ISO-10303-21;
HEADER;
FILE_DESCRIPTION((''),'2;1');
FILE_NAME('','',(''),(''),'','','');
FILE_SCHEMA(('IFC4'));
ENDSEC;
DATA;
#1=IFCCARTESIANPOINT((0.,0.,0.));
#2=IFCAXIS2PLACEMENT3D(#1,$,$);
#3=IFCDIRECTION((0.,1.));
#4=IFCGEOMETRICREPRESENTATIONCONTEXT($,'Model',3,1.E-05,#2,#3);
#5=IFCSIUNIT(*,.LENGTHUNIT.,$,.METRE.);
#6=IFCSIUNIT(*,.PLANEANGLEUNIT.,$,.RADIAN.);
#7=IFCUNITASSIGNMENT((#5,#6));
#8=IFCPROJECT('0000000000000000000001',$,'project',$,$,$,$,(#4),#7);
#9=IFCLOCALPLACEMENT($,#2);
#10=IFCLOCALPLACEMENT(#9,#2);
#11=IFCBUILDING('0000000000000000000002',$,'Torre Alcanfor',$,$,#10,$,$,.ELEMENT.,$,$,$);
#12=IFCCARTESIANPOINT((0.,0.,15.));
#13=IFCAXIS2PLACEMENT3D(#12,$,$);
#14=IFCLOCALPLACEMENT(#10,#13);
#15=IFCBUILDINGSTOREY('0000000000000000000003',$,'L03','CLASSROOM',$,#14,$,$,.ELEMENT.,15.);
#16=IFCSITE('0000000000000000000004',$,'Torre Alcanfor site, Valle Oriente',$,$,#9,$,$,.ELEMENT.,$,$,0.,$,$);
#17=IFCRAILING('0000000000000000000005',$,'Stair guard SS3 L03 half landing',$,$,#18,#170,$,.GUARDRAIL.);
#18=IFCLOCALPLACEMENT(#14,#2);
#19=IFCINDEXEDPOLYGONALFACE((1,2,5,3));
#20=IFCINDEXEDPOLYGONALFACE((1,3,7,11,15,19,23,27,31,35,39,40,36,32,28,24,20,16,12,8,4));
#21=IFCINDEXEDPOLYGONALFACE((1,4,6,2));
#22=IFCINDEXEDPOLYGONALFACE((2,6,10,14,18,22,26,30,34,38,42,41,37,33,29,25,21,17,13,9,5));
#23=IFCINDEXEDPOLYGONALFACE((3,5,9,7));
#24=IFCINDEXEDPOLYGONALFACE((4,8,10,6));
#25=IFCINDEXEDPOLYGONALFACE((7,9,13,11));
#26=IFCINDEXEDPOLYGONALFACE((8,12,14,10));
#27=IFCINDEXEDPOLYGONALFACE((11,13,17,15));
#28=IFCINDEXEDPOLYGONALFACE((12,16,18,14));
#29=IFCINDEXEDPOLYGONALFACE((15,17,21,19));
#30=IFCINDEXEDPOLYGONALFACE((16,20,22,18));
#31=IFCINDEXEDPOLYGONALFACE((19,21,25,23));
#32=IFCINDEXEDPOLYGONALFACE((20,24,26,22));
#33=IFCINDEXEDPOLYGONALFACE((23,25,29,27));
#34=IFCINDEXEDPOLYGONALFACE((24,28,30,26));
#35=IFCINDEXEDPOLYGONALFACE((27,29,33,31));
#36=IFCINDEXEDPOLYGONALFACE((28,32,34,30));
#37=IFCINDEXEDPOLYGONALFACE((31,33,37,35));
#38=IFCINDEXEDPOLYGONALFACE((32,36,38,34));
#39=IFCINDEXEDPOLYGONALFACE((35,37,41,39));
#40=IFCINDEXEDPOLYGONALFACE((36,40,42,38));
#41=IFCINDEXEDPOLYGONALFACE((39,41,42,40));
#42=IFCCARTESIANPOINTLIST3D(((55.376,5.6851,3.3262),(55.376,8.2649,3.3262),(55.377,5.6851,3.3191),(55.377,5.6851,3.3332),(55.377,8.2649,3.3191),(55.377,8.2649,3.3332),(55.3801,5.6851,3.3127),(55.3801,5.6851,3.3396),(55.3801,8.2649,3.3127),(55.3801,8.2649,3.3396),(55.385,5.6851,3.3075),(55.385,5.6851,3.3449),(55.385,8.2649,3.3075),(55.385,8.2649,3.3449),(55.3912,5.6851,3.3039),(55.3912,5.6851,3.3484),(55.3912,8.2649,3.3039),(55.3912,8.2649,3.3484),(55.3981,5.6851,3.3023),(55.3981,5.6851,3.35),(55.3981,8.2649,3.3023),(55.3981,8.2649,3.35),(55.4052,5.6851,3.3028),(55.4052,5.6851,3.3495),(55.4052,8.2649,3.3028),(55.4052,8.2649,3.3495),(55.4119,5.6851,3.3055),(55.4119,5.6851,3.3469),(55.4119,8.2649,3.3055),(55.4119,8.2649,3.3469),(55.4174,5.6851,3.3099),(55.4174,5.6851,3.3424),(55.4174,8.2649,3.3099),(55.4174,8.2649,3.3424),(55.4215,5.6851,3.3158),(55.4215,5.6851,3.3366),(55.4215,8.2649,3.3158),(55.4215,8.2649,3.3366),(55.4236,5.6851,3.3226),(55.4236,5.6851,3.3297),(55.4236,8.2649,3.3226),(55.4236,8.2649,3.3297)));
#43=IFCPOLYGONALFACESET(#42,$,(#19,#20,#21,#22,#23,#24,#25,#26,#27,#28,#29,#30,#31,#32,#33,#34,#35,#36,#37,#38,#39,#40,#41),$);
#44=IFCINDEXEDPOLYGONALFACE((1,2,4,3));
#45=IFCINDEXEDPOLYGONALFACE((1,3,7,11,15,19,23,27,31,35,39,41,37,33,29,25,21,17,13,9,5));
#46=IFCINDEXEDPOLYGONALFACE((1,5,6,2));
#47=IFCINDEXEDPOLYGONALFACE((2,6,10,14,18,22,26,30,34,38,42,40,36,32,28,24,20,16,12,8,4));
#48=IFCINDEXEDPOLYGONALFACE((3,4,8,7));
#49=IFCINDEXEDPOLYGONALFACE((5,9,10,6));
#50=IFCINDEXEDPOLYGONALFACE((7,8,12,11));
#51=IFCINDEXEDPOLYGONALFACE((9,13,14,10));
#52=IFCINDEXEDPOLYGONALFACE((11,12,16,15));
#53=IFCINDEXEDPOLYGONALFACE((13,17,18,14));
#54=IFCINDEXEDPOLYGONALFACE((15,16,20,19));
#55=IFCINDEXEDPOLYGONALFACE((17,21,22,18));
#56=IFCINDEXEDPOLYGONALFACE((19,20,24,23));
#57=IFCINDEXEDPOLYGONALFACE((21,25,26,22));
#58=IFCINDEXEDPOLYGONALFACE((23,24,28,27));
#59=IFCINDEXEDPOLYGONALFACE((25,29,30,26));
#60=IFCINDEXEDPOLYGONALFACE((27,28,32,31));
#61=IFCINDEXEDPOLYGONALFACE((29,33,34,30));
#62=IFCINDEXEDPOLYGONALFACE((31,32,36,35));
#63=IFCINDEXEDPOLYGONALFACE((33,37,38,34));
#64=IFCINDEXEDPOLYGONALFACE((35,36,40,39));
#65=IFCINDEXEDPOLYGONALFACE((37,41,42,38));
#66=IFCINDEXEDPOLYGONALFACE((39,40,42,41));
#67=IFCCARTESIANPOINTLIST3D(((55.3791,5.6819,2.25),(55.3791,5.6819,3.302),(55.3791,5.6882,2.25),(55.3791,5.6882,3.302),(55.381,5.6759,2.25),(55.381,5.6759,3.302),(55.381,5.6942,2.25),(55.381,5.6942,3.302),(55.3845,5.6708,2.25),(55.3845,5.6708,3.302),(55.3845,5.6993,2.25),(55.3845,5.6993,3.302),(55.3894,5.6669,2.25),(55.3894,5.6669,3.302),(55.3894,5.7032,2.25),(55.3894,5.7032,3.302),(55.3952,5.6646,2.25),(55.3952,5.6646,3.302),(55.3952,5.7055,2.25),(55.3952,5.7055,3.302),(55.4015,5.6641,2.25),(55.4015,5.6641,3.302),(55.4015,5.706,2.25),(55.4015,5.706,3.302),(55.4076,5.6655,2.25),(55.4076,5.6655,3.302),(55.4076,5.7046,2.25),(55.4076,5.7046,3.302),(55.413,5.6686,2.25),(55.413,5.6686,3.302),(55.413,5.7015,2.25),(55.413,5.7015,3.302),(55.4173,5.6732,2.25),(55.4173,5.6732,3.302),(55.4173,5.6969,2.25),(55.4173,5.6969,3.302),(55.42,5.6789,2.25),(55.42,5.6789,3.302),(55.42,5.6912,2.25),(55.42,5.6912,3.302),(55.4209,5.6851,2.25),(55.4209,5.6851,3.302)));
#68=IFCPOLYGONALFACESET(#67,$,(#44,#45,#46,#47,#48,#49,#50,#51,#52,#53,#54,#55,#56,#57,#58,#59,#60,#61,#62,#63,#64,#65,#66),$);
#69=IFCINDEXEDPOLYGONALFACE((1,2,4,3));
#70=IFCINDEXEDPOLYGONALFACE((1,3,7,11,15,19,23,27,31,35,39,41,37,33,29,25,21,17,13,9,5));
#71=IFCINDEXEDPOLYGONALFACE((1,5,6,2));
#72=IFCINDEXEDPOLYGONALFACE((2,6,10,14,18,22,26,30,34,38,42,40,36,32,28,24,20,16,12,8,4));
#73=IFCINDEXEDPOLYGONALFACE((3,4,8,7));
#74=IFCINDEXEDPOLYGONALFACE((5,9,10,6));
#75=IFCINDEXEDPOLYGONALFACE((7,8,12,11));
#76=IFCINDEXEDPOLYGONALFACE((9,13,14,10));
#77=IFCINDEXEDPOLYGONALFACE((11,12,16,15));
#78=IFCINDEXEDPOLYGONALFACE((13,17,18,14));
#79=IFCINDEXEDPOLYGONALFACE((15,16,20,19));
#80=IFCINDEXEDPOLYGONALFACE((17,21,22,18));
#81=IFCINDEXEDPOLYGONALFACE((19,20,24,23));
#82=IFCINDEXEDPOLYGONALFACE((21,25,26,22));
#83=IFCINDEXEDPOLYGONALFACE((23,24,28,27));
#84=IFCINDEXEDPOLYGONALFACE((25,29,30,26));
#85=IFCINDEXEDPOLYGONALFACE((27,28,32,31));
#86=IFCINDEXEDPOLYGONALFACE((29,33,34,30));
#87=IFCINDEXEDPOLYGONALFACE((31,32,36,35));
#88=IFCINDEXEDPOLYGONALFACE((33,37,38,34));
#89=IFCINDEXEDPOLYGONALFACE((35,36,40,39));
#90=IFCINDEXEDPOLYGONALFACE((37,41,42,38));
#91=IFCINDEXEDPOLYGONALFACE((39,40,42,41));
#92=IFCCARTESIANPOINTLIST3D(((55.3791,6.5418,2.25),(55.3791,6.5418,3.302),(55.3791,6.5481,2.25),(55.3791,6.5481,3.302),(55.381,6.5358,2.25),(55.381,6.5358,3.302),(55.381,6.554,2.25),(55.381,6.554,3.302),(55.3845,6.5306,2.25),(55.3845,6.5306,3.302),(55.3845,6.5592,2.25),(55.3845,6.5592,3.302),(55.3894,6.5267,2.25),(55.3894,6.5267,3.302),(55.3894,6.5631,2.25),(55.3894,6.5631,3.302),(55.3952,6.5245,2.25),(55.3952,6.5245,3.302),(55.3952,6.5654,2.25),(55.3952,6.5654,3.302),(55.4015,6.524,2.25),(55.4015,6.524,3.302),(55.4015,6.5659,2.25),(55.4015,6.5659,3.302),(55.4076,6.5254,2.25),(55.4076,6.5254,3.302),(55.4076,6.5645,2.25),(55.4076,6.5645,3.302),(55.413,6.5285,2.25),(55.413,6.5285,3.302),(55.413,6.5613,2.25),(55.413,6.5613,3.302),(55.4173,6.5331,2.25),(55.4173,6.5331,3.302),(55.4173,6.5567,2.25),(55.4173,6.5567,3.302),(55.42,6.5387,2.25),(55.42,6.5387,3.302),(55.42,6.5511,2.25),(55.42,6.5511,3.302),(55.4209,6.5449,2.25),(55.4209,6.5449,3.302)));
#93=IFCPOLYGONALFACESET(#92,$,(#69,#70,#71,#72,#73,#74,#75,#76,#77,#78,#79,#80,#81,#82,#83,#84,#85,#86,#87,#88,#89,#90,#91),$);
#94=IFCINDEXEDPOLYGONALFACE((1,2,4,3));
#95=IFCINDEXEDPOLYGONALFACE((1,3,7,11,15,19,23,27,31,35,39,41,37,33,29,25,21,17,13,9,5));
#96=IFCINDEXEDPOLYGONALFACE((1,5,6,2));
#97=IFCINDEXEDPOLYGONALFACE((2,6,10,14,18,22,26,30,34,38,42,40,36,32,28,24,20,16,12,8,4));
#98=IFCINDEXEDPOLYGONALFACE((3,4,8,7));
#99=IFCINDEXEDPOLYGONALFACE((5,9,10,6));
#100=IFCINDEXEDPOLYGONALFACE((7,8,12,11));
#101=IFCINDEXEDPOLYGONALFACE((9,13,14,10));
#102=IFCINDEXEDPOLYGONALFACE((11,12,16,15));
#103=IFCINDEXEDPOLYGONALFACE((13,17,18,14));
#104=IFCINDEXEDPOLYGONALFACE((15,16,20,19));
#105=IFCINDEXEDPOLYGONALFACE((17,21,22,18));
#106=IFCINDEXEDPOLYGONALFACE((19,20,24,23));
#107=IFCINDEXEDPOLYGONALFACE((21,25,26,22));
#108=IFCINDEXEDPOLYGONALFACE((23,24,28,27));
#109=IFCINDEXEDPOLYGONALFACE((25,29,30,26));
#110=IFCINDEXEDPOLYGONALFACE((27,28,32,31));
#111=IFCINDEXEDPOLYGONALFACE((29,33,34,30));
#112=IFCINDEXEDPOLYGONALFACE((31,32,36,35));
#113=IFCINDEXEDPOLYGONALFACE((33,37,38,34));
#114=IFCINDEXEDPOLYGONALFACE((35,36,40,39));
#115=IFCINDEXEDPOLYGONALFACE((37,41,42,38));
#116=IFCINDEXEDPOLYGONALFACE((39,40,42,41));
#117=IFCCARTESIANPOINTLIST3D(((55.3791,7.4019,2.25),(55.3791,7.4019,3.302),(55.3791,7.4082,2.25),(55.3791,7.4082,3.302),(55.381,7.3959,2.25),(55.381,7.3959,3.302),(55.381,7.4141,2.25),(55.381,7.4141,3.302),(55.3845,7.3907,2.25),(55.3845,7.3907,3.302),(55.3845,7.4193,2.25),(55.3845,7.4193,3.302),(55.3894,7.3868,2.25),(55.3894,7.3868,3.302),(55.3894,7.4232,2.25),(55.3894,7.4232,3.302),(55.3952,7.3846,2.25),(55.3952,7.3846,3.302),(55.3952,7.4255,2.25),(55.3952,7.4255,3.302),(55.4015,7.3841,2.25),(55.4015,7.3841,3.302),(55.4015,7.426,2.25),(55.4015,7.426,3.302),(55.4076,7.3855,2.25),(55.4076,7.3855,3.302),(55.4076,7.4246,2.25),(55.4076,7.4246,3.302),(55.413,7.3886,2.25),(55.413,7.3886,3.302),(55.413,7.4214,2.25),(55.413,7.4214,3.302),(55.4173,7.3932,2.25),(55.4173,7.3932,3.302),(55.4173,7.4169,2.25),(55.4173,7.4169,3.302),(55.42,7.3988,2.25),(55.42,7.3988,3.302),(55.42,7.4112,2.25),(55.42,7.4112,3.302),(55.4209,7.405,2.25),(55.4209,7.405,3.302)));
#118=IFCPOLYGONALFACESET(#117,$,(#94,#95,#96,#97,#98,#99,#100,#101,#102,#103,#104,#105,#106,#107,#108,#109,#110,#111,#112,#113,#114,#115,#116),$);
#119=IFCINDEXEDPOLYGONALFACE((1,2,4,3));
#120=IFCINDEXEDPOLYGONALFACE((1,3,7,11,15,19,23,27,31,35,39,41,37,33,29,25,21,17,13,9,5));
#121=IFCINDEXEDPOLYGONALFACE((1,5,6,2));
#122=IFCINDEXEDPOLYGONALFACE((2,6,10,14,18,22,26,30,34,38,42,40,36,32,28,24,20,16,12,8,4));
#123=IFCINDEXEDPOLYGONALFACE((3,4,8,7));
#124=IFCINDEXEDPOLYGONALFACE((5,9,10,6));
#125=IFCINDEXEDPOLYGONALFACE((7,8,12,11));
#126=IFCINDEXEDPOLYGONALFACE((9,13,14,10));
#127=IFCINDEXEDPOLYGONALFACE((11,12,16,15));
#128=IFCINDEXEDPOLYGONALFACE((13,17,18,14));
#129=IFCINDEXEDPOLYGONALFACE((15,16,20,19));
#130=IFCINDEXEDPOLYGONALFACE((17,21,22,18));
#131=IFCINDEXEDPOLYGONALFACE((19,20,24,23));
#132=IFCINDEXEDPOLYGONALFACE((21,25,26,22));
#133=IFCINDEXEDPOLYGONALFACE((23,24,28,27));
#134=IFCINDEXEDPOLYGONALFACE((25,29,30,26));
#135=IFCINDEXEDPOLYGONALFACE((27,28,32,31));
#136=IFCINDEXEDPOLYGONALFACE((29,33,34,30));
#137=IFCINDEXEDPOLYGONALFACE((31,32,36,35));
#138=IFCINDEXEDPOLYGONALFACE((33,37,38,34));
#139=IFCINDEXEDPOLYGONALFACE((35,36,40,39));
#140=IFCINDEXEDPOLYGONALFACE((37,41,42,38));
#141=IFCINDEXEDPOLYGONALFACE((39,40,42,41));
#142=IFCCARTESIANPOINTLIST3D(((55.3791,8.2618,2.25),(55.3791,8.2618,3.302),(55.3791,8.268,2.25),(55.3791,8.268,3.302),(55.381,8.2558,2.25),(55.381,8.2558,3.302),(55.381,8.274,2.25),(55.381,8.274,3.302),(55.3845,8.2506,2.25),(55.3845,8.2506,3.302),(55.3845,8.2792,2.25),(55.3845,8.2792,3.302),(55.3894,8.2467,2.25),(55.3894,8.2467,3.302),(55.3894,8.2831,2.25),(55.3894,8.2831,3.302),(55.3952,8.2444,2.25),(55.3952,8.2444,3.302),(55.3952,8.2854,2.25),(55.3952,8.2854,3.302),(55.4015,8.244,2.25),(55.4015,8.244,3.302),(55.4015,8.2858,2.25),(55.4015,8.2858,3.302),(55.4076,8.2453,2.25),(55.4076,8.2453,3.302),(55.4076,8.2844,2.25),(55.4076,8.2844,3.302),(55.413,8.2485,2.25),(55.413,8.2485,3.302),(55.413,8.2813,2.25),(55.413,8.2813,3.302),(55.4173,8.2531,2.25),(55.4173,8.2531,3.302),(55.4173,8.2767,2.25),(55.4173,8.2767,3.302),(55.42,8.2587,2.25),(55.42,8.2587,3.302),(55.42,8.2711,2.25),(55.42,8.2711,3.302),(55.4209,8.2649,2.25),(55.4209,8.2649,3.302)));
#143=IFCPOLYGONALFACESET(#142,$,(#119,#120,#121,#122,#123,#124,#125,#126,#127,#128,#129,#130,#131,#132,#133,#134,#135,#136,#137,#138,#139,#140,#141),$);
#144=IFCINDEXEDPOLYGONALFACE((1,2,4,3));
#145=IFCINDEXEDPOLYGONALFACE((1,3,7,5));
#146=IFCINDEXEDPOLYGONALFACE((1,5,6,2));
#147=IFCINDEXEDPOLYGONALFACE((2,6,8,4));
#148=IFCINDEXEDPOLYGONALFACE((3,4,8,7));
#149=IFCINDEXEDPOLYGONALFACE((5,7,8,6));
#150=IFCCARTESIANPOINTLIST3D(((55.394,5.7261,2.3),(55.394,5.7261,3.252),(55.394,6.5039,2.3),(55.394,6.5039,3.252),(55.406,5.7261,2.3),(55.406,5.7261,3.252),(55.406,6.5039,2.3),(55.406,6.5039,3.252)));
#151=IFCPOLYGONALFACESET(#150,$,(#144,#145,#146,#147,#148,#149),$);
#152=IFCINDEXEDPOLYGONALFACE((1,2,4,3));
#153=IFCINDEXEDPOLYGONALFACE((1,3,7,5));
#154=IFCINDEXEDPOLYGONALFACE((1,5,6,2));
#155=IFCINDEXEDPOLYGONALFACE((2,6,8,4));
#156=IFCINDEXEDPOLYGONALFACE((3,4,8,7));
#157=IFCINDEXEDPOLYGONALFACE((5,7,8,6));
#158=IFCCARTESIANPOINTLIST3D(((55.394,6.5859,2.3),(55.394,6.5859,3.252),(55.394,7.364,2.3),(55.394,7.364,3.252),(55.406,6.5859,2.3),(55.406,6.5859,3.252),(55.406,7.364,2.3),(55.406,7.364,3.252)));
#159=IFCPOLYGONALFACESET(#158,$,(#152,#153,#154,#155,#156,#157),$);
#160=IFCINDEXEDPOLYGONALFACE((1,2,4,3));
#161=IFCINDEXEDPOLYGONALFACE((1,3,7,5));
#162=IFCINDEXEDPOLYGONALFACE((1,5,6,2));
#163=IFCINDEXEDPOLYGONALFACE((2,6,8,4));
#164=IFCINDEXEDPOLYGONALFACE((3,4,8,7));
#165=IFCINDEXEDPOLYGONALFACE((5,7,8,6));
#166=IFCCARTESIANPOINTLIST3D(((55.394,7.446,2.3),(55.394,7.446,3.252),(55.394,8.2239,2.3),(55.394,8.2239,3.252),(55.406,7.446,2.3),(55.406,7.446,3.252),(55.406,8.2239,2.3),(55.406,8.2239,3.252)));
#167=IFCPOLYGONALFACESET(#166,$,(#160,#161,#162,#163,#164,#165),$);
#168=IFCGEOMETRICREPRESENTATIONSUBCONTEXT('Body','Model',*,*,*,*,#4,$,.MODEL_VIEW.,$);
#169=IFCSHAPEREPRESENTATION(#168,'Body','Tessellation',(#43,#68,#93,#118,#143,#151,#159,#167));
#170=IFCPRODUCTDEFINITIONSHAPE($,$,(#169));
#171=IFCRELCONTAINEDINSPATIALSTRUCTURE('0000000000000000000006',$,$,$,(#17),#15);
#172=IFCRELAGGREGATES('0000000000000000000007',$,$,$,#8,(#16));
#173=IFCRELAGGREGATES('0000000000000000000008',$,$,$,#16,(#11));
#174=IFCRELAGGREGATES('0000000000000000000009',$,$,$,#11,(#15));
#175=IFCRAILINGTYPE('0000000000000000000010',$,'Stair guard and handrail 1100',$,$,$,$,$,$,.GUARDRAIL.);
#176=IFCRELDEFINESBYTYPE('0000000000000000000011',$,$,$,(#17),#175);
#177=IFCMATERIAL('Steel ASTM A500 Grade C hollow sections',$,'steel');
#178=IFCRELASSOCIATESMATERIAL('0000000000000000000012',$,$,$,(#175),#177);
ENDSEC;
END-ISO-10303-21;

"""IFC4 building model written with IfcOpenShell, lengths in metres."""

from ifc_helpers import new_model, si_unit, direction, frame, origin, origin_2d, place, context, subcontext, project, spatial, polyline, circle, outline, extrude, material, type_object, element, save


model = new_model("IFC4")

# Units and contexts
model_context = context("Model", 3, precision=1e-05, world=origin(), true_north=direction((0.0, 1.0)))
body_context = subcontext(model_context, "Body", "Model", "MODEL_VIEW")
ifc_project = project(units=[si_unit("LENGTHUNIT", "METRE"), si_unit("PLANEANGLEUNIT", "RADIAN")], contexts=[model_context])

# Site, building, storey
site_placement = place(None, origin())
site = spatial("IfcSite", under=ifc_project, at=site_placement, Name="Torre Alcanfor site, Valle Oriente", CompositionType="ELEMENT", RefElevation=0.0)
building_placement = place(site_placement, origin())
building = spatial("IfcBuilding", under=site, at=building_placement, Name="Torre Alcanfor", CompositionType="ELEMENT")
storey_placement = place(building_placement, frame((0.0, 0.0, 15.0)))
storey = spatial("IfcBuildingStorey", under=building, at=storey_placement, Name="L03", Description="CLASSROOM", CompositionType="ELEMENT", Elevation=15.0)

# Railing
ifc_material_1 = material(Name="Steel ASTM A500 Grade C hollow sections", Category="steel")
railing_type = type_object("IfcRailingType", Name="Stair guard and handrail 1100", PredefinedType="GUARDRAIL", material=ifc_material_1)
railing_1_placement = place(storey_placement, frame((55.3999, 5.6851, 2.25)))
element("IfcRailing", 1, at=railing_1_placement, inside=storey, type_object=railing_type, Name="Stair guard SS3 L03 half landing", PredefinedType="GUARDRAIL", context=body_context, shape_type="SweptSolid", body=[
    extrude(circle(Radius=0.0239, at=origin_2d()), frame((0.0, 0.0, 1.0762), z_axis=(0.0, 1.0, 0.0), x_axis=(-1.0, 0.0, 0.0)), (0.0, 0.0, 1.0), 2.5798),
    extrude(circle(Radius=0.021, at=origin_2d()), origin(), (0.0, 0.0, 1.0), 1.052),
    extrude(circle(Radius=0.021, at=origin_2d()), frame((0.0, 0.8599, 0.0)), (0.0, 0.0, 1.0), 1.052),
    extrude(circle(Radius=0.021, at=origin_2d()), frame((0.0, 1.72, 0.0)), (0.0, 0.0, 1.0), 1.052),
    extrude(circle(Radius=0.021, at=origin_2d()), frame((0.0, 2.5798, 0.0)), (0.0, 0.0, 1.0), 1.052),
    extrude(outline(polyline([(0.041, 0.05), (0.8188, 0.05), (0.8188, 1.002), (0.041, 1.002), (0.041, 0.05)])), frame((-0.0059, 0.0, 0.0), z_axis=(1.0, 0.0, 0.0), x_axis=(0.0, 1.0, 0.0)), (0.0, 0.0, 1.0), 0.012),
    extrude(outline(polyline([(0.9009, 0.05), (1.679, 0.05), (1.679, 1.002), (0.9009, 1.002), (0.9009, 0.05)])), frame((-0.0059, 0.0, 0.0), z_axis=(1.0, 0.0, 0.0), x_axis=(0.0, 1.0, 0.0)), (0.0, 0.0, 1.0), 0.012),
    extrude(outline(polyline([(1.761, 0.05), (2.5388, 0.05), (2.5388, 1.002), (1.761, 1.002), (1.761, 0.05)])), frame((-0.0059, 0.0, 0.0), z_axis=(1.0, 0.0, 0.0), x_axis=(0.0, 1.0, 0.0)), (0.0, 0.0, 1.0), 0.012),
])

save(model, "model.ifc")
